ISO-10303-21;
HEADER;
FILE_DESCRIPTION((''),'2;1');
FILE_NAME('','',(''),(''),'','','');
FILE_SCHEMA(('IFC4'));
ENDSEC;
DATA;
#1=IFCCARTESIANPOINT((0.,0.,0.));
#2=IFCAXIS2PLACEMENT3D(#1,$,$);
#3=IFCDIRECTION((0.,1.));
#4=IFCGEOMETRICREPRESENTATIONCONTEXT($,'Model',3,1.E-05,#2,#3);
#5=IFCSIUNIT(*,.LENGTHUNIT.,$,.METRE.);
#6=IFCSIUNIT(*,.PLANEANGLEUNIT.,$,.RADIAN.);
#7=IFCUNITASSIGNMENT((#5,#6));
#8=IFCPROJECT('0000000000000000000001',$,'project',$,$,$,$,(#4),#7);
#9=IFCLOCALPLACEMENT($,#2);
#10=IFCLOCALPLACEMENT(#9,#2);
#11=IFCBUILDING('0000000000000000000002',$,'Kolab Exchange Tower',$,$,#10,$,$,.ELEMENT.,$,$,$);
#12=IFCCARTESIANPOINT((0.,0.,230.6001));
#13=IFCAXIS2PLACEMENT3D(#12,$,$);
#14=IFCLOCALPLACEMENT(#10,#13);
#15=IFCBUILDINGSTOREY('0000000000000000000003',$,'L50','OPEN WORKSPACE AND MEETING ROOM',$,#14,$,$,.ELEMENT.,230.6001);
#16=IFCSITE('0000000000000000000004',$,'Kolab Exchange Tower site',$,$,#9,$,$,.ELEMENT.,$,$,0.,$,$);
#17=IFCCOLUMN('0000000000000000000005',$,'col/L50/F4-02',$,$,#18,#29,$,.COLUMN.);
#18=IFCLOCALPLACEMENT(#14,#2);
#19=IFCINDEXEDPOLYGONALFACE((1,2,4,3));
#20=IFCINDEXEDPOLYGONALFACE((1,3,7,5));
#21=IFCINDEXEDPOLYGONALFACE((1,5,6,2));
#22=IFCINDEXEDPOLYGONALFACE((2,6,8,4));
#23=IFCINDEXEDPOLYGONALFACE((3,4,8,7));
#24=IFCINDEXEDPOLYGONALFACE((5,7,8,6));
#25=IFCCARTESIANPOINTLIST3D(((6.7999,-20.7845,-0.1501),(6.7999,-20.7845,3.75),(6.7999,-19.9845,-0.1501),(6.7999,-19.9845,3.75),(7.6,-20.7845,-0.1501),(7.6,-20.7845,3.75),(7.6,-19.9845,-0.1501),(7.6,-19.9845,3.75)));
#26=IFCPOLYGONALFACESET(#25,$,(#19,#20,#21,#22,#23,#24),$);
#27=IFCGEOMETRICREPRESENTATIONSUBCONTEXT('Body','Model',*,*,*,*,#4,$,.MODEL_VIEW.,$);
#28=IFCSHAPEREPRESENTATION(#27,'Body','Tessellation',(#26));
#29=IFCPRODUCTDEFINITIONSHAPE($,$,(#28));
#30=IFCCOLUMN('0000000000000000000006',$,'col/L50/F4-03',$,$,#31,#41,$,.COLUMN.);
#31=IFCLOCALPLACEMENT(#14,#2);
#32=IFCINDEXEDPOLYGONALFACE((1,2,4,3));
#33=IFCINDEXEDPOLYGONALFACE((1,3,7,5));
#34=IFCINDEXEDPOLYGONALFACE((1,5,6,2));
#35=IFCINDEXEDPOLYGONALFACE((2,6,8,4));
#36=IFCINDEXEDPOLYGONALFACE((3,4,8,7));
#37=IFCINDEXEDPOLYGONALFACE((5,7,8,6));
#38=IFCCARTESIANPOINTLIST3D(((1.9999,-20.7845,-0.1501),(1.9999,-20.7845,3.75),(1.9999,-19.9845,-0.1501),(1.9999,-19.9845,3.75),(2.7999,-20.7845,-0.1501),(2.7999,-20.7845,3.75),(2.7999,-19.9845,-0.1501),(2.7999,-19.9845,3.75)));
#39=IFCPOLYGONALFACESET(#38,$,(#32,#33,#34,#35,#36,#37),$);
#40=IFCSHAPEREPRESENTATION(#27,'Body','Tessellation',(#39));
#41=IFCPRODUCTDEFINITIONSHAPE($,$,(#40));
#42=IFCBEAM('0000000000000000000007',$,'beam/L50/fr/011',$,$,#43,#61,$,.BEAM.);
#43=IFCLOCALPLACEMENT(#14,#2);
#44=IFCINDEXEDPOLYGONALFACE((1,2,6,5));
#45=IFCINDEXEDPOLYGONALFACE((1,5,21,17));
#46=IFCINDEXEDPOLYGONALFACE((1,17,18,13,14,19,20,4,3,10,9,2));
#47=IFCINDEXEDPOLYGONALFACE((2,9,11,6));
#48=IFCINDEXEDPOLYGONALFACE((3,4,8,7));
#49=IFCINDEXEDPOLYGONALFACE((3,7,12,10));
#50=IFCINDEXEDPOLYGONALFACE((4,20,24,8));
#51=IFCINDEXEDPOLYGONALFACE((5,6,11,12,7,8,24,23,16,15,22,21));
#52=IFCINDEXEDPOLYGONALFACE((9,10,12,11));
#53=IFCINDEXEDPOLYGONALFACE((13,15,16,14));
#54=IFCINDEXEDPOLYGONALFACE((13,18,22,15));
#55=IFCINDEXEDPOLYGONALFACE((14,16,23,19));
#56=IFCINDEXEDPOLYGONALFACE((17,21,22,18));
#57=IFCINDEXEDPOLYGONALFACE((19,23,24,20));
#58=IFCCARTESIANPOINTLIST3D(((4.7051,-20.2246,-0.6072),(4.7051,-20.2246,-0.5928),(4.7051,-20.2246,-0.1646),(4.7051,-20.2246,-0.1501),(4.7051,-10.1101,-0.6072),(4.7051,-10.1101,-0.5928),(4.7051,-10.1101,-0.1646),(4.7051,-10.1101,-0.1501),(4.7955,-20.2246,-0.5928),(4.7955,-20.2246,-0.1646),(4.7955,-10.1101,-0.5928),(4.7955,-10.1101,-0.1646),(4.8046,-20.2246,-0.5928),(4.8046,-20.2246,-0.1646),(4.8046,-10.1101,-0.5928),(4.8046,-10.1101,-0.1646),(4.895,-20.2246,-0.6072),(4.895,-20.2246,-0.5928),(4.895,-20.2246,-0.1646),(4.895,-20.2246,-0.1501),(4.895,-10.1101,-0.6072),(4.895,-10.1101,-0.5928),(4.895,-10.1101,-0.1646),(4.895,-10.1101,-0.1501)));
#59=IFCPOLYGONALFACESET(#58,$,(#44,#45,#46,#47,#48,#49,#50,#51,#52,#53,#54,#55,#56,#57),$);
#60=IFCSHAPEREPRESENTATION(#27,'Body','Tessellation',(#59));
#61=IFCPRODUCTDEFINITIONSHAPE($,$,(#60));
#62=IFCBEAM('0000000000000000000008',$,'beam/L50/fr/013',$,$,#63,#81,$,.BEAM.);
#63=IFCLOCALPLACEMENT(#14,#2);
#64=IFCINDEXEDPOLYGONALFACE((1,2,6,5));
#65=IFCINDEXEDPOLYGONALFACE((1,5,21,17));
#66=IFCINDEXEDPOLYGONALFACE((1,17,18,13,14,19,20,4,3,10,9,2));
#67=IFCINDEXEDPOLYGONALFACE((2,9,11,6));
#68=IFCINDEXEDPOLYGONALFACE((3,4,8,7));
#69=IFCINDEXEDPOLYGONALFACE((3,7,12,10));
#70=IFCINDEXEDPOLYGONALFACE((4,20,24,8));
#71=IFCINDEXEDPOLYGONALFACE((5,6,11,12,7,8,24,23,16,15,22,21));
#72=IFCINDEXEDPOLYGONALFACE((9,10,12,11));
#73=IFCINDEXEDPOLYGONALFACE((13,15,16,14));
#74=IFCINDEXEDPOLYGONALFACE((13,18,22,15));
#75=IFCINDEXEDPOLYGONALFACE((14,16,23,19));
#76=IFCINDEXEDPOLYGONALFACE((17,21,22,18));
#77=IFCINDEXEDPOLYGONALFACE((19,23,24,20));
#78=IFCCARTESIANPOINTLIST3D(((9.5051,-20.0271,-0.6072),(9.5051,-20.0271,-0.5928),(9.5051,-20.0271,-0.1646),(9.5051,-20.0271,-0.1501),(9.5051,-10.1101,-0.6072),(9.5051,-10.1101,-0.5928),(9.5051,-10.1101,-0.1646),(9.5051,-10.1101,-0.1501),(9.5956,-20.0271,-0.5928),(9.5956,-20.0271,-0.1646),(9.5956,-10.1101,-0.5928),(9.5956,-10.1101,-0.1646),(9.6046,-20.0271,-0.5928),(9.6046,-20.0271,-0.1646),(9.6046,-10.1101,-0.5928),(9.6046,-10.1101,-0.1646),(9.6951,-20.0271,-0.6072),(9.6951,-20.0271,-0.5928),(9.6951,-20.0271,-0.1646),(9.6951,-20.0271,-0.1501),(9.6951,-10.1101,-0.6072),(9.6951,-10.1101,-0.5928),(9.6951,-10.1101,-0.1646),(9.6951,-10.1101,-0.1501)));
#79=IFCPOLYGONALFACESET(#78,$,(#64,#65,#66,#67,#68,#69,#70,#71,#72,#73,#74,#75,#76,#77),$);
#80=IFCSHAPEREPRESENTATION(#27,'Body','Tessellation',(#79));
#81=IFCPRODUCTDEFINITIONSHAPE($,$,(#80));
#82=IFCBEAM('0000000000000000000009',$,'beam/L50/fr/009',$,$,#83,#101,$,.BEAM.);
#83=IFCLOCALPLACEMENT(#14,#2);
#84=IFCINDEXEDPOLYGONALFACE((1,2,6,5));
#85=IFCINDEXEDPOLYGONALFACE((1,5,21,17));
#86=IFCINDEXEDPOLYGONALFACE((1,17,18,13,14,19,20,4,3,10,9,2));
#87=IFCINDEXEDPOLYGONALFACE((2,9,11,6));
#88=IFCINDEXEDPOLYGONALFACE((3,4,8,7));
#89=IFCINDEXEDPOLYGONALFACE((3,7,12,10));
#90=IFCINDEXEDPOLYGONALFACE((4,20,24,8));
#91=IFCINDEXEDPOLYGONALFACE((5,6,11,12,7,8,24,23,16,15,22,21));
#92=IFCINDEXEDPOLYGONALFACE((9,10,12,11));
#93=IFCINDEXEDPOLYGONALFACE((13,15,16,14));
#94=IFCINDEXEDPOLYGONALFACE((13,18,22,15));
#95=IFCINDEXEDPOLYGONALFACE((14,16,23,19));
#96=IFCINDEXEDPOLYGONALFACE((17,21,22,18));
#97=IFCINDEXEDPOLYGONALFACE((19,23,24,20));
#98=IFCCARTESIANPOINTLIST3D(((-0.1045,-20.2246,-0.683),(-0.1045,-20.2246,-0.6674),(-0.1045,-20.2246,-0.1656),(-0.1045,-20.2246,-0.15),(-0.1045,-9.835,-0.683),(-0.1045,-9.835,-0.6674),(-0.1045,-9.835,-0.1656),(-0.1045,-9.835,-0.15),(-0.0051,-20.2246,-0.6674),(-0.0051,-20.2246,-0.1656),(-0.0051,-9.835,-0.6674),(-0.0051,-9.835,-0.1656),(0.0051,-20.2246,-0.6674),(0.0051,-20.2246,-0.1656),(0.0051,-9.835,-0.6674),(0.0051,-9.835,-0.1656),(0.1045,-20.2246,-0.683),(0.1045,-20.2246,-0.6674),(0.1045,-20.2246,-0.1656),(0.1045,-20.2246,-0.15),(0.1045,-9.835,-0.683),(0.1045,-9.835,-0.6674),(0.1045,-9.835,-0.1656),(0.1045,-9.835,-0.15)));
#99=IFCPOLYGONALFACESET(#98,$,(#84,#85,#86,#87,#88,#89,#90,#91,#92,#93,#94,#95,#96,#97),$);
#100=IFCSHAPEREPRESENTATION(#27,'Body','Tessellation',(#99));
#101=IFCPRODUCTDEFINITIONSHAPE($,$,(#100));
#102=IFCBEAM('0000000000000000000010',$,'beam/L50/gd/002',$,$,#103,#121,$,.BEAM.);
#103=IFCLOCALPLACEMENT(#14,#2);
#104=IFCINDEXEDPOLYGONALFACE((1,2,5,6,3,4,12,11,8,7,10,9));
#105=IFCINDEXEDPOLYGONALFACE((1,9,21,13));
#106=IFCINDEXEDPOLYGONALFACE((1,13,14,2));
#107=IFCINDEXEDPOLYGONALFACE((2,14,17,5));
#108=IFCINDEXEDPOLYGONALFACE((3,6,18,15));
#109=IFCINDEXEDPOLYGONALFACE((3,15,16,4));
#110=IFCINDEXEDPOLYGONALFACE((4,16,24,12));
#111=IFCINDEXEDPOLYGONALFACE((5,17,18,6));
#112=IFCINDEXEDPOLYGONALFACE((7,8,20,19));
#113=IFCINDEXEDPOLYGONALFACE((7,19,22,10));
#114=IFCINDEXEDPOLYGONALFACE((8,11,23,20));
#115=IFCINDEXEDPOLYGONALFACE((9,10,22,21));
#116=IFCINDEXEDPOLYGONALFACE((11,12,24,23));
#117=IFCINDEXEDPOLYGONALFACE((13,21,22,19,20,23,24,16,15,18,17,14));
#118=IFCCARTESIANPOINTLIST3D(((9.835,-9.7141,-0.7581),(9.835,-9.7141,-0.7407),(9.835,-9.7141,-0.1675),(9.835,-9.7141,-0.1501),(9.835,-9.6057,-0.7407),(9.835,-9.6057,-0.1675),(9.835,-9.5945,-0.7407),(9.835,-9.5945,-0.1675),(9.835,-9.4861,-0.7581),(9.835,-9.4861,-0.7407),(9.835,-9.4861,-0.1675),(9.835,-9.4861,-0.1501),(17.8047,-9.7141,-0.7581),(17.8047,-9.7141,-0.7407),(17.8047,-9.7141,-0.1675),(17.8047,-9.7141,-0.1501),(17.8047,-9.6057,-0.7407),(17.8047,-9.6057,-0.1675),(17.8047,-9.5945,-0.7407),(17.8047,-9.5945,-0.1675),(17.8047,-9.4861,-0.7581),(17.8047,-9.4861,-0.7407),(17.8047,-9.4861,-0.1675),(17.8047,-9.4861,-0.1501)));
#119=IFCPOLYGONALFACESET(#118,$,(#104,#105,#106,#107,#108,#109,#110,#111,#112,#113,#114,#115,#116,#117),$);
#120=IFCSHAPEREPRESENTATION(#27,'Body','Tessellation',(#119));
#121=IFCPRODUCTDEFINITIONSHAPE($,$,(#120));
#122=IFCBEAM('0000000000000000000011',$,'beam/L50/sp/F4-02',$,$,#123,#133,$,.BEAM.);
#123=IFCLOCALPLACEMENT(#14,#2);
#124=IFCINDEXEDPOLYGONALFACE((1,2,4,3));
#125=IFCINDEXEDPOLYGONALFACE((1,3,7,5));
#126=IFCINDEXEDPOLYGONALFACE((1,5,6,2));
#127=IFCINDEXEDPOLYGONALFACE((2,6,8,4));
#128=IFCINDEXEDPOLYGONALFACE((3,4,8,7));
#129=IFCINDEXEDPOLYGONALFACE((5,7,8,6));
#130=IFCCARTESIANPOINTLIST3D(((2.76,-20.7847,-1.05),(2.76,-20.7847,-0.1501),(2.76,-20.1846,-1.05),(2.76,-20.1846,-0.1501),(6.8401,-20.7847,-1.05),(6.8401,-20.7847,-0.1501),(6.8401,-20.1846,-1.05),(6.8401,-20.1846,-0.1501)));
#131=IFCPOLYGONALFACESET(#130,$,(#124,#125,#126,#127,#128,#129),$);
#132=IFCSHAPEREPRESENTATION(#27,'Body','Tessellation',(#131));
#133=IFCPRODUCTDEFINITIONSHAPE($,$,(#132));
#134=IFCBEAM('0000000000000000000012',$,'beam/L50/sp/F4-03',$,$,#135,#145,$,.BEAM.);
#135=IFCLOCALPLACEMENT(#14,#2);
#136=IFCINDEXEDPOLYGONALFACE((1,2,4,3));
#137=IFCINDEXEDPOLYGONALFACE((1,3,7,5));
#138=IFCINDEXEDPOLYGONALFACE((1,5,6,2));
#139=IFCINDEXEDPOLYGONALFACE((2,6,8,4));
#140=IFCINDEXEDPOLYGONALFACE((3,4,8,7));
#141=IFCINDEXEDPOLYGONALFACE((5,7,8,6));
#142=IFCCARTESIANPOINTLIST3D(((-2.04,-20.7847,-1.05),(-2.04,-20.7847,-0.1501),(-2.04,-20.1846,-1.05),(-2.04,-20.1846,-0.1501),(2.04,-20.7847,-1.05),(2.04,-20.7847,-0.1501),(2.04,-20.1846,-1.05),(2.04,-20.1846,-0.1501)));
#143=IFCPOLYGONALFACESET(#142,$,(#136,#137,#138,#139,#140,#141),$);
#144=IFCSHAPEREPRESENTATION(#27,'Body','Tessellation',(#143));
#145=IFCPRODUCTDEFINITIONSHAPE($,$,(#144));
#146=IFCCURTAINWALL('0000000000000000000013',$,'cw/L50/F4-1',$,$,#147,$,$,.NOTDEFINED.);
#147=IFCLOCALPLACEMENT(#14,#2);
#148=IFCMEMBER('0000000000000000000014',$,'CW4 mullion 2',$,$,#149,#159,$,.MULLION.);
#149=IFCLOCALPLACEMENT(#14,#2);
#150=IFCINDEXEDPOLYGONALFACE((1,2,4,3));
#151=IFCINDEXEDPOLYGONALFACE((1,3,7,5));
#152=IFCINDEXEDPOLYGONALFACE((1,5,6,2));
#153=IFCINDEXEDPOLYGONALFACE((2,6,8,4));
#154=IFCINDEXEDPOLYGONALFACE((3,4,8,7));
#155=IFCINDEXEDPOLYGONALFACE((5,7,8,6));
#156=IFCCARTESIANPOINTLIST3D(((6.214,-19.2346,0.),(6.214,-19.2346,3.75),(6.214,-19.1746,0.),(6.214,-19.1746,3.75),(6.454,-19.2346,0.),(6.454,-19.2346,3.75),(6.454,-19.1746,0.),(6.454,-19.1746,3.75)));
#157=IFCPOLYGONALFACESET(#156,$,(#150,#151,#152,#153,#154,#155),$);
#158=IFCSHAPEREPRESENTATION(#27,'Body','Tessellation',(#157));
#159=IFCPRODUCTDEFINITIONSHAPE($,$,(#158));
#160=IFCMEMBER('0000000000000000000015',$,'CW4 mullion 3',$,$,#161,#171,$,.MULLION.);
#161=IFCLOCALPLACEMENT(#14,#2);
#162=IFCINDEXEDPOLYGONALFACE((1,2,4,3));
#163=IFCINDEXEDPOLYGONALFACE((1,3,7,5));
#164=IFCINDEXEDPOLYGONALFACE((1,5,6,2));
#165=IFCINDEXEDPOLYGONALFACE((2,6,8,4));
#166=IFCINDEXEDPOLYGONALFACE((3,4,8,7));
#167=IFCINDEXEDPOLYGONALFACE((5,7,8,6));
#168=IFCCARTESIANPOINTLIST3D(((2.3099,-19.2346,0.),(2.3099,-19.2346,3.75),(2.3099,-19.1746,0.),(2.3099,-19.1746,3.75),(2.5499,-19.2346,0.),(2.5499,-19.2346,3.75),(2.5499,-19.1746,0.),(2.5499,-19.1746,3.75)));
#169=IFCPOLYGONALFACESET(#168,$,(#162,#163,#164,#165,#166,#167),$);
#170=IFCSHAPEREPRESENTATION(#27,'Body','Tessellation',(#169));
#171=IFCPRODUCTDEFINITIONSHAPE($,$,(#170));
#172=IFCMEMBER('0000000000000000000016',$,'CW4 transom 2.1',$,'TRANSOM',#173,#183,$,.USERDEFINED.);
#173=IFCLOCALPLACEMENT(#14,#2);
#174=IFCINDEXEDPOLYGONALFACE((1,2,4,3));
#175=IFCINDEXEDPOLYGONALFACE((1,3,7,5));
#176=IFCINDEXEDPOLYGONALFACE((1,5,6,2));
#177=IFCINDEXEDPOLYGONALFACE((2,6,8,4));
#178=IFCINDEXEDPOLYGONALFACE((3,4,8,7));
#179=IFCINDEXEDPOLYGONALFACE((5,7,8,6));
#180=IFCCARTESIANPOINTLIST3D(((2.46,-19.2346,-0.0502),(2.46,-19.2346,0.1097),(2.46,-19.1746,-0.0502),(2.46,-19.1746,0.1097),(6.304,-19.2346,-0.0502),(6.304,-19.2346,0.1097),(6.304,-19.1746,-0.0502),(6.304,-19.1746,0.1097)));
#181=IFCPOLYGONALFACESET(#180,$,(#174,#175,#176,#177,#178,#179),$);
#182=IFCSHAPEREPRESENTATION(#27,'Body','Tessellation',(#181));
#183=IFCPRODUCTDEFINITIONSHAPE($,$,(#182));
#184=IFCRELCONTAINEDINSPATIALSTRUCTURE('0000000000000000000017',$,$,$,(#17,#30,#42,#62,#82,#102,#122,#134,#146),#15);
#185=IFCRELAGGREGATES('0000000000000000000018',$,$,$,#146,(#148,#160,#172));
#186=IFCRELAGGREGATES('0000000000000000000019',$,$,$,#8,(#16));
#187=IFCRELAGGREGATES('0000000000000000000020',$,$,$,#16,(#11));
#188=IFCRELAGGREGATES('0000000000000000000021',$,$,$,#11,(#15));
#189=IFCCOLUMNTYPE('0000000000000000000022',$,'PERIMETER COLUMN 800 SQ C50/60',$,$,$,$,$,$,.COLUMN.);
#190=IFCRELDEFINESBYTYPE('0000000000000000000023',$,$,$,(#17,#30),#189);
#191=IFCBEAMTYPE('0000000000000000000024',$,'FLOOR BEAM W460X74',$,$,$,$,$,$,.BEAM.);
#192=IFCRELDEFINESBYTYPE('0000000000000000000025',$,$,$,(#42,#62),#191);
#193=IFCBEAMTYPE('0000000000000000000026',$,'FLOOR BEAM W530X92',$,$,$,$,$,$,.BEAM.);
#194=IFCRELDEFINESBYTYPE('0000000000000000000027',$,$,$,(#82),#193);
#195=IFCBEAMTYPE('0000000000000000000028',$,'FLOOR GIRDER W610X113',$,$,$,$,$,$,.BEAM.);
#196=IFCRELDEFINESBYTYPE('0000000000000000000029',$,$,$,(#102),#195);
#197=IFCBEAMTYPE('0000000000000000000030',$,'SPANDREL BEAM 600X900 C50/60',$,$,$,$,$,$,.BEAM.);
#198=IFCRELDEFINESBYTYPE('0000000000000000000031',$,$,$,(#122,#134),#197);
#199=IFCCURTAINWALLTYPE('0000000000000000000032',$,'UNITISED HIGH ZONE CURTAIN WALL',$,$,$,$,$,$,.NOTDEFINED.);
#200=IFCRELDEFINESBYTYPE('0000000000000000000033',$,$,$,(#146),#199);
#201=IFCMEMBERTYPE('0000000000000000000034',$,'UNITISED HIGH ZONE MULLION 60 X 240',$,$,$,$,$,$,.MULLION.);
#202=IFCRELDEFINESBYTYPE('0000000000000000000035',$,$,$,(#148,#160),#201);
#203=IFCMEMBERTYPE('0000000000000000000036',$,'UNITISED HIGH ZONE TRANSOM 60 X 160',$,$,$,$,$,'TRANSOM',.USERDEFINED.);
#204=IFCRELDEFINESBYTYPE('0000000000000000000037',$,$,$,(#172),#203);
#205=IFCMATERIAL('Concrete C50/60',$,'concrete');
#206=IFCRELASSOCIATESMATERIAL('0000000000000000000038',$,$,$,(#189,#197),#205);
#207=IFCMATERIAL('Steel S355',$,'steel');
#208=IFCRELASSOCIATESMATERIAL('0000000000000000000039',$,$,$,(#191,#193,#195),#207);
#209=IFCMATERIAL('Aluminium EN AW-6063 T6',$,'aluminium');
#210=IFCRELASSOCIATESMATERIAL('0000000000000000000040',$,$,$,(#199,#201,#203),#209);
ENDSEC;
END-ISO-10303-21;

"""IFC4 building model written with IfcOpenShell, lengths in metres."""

from ifc_helpers import new_model, si_unit, direction, frame, origin, origin_2d, place, context, subcontext, project, spatial, rectangle, i_section, extrude, material, material_profile, profile_set, type_object, element, aggregate, save


model = new_model("IFC4")

# Units and contexts
model_context = context("Model", 3, precision=1e-05, world=origin(), true_north=direction((0.0, 1.0)))
body_context = subcontext(model_context, "Body", "Model", "MODEL_VIEW")
ifc_project = project(units=[si_unit("LENGTHUNIT", "METRE"), si_unit("PLANEANGLEUNIT", "RADIAN")], contexts=[model_context])

# Site, building, storey
site_placement = place(None, origin())
site = spatial("IfcSite", under=ifc_project, at=site_placement, Name="Kolab Exchange Tower site", CompositionType="ELEMENT", RefElevation=0.0)
building_placement = place(site_placement, origin())
building = spatial("IfcBuilding", under=site, at=building_placement, Name="Kolab Exchange Tower", CompositionType="ELEMENT")
storey_placement = place(building_placement, frame((0.0, 0.0, 230.6001)))
storey = spatial("IfcBuildingStorey", under=building, at=storey_placement, Name="L50", Description="OPEN WORKSPACE AND MEETING ROOM", CompositionType="ELEMENT", Elevation=230.6001)

# Columns
ifc_material_1 = material(Name="Concrete C50/60", Category="concrete")
ifc_material_profile_1 = material_profile(ifc_material_1, rectangle(XDim=0.8, YDim=0.8, at=origin_2d()), Name="RC800")
ifc_profile_set_1 = profile_set([ifc_material_profile_1], Name="Concrete C50/60")
column_type = type_object("IfcColumnType", Name="PERIMETER COLUMN 800 SQ C50/60", PredefinedType="COLUMN", material=ifc_profile_set_1)
for number, where, z_axis, x_axis, name in (
    (1, (7.2, -20.3845, -0.1501), (0.0, 0.0, 1.0), (1.0, 0.0, 0.0), "col/L50/F4-02"),
    (2, (2.3999, -20.3845, -0.1501), (0.0, 0.0, 1.0), (1.0, 0.0, 0.0), "col/L50/F4-03"),
):
    element("IfcColumn", number, at=place(storey_placement, frame(where, z_axis=z_axis, x_axis=x_axis)), inside=storey, type_object=column_type, Name=name, PredefinedType="COLUMN", context=body_context, shape_type="SweptSolid", body=[
        extrude(rectangle(XDim=0.8, YDim=0.8, at=origin_2d()), origin(), (0.0, 0.0, 1.0), 3.9001),
    ])

# Beams
ifc_material_2 = material(Name="Steel S355", Category="steel")
ifc_material_profile_2 = material_profile(ifc_material_2, i_section(OverallWidth=0.1899, OverallDepth=0.457, WebThickness=0.009, FlangeThickness=0.0144, at=origin_2d()), Name="W460X74")
ifc_profile_set_2 = profile_set([ifc_material_profile_2], Name="Steel S355")
beam_type_1 = type_object("IfcBeamType", Name="FLOOR BEAM W460X74", PredefinedType="BEAM", material=ifc_profile_set_2)
beam_1_placement = place(storey_placement, frame((4.8, -20.2246, -0.3787), z_axis=(0.0, 1.0, 0.0), x_axis=(-1.0, 0.0, 0.0)))
element("IfcBeam", 3, at=beam_1_placement, inside=storey, type_object=beam_type_1, Name="beam/L50/fr/011", PredefinedType="BEAM", context=body_context, shape_type="SweptSolid", body=[
    extrude(i_section(OverallWidth=0.1899, OverallDepth=0.457, WebThickness=0.009, FlangeThickness=0.0144, at=origin_2d()), origin(), (0.0, 0.0, 1.0), 10.1145),
])
beam_2_placement = place(storey_placement, frame((9.6001, -20.0271, -0.3787), z_axis=(0.0, 1.0, 0.0), x_axis=(-1.0, 0.0, 0.0)))
element("IfcBeam", 4, at=beam_2_placement, inside=storey, type_object=beam_type_1, Name="beam/L50/fr/013", PredefinedType="BEAM", context=body_context, shape_type="SweptSolid", body=[
    extrude(i_section(OverallWidth=0.1899, OverallDepth=0.457, WebThickness=0.009, FlangeThickness=0.0144, at=origin_2d()), origin(), (0.0, 0.0, 1.0), 9.917),
])
ifc_material_profile_3 = material_profile(ifc_material_2, i_section(OverallWidth=0.209, OverallDepth=0.533, WebThickness=0.0103, FlangeThickness=0.0156, at=origin_2d()), Name="W530X92")
ifc_profile_set_3 = profile_set([ifc_material_profile_3], Name="Steel S355")
beam_type_2 = type_object("IfcBeamType", Name="FLOOR BEAM W530X92", PredefinedType="BEAM", material=ifc_profile_set_3)
beam_3_placement = place(storey_placement, frame((0.0, -20.2246, -0.4165), z_axis=(0.0, 1.0, 0.0), x_axis=(-1.0, 0.0, 0.0)))
element("IfcBeam", 5, at=beam_3_placement, inside=storey, type_object=beam_type_2, Name="beam/L50/fr/009", PredefinedType="BEAM", context=body_context, shape_type="SweptSolid", body=[
    extrude(i_section(OverallWidth=0.209, OverallDepth=0.533, WebThickness=0.0103, FlangeThickness=0.0156, at=origin_2d()), origin(), (0.0, 0.0, 1.0), 10.3896),
])
ifc_material_profile_4 = material_profile(ifc_material_2, i_section(OverallWidth=0.228, OverallDepth=0.6079, WebThickness=0.0112, FlangeThickness=0.0173, at=origin_2d()), Name="W610X113")
ifc_profile_set_4 = profile_set([ifc_material_profile_4], Name="Steel S355")
beam_type_3 = type_object("IfcBeamType", Name="FLOOR GIRDER W610X113", PredefinedType="BEAM", material=ifc_profile_set_4)
beam_4_placement = place(storey_placement, frame((9.835, -9.6001, -0.4541), z_axis=(1.0, 0.0, 0.0), x_axis=(0.0, 1.0, 0.0)))
element("IfcBeam", 6, at=beam_4_placement, inside=storey, type_object=beam_type_3, Name="beam/L50/gd/002", PredefinedType="BEAM", context=body_context, shape_type="SweptSolid", body=[
    extrude(i_section(OverallWidth=0.228, OverallDepth=0.6079, WebThickness=0.0112, FlangeThickness=0.0173, at=origin_2d()), origin(), (0.0, 0.0, 1.0), 7.9697),
])
ifc_material_profile_5 = material_profile(ifc_material_1, rectangle(XDim=0.6001, YDim=0.8999, at=origin_2d()), Name="RC600X900")
ifc_profile_set_5 = profile_set([ifc_material_profile_5], Name="Concrete C50/60")
beam_type_4 = type_object("IfcBeamType", Name="SPANDREL BEAM 600X900 C50/60", PredefinedType="BEAM", material=ifc_profile_set_5)
for number, where, z_axis, x_axis, name in (
    (7, (6.8401, -20.4846, -0.6001), (-1.0, 0.0, 0.0), (0.0, -1.0, 0.0), "beam/L50/sp/F4-02"),
    (8, (2.04, -20.4846, -0.6001), (-1.0, 0.0, 0.0), (0.0, -1.0, 0.0), "beam/L50/sp/F4-03"),
):
    element("IfcBeam", number, at=place(storey_placement, frame(where, z_axis=z_axis, x_axis=x_axis)), inside=storey, type_object=beam_type_4, Name=name, PredefinedType="BEAM", context=body_context, shape_type="SweptSolid", body=[
        extrude(rectangle(XDim=0.6001, YDim=0.8999, at=origin_2d()), origin(), (0.0, 0.0, 1.0), 4.0801),
    ])

# Curtain wall, members
ifc_material_3 = material(Name="Aluminium EN AW-6063 T6", Category="aluminium")
curtain_wall_type = type_object("IfcCurtainWallType", Name="UNITISED HIGH ZONE CURTAIN WALL", PredefinedType="NOTDEFINED", material=ifc_material_3)
curtain_wall_placement = place(storey_placement, origin())
curtain_wall = element("IfcCurtainWall", 9, at=curtain_wall_placement, inside=storey, type_object=curtain_wall_type, Name="cw/L50/F4-1", PredefinedType="NOTDEFINED")
ifc_material_profile_6 = material_profile(ifc_material_3, rectangle(XDim=0.0601, YDim=0.24, at=origin_2d()), Name="RECT 60X240")
ifc_profile_set_6 = profile_set([ifc_material_profile_6], Name="Aluminium EN AW-6063 T6")
member_type_1 = type_object("IfcMemberType", Name="UNITISED HIGH ZONE MULLION 60 X 240", PredefinedType="MULLION", material=ifc_profile_set_6)
member_1_placement = place(storey_placement, frame((6.334, -19.2046, 0.0), z_axis=(0.0, 0.0, 1.0), x_axis=(0.0, -1.0, 0.0)))
member_1 = element("IfcMember", 10, at=member_1_placement, type_object=member_type_1, Name="CW4 mullion 2", PredefinedType="MULLION", context=body_context, shape_type="SweptSolid", body=[
    extrude(rectangle(XDim=0.0601, YDim=0.24, at=origin_2d()), origin(), (0.0, 0.0, 1.0), 3.75),
])
member_2_placement = place(storey_placement, frame((2.4299, -19.2046, 0.0), z_axis=(0.0, 0.0, 1.0), x_axis=(0.0, -1.0, 0.0)))
member_2 = element("IfcMember", 11, at=member_2_placement, type_object=member_type_1, Name="CW4 mullion 3", PredefinedType="MULLION", context=body_context, shape_type="SweptSolid", body=[
    extrude(rectangle(XDim=0.0601, YDim=0.24, at=origin_2d()), origin(), (0.0, 0.0, 1.0), 3.75),
])
ifc_material_profile_7 = material_profile(ifc_material_3, rectangle(XDim=0.0601, YDim=0.1599, at=origin_2d()), Name="RECT 60X160")
ifc_profile_set_7 = profile_set([ifc_material_profile_7], Name="Aluminium EN AW-6063 T6")
member_type_2 = type_object("IfcMemberType", Name="UNITISED HIGH ZONE TRANSOM 60 X 160", ElementType="TRANSOM", PredefinedType="USERDEFINED", material=ifc_profile_set_7)
member_3_placement = place(storey_placement, frame((6.304, -19.2046, 0.0298), z_axis=(-1.0, 0.0, 0.0), x_axis=(0.0, -1.0, 0.0)))
member_3 = element("IfcMember", 12, at=member_3_placement, type_object=member_type_2, Name="CW4 transom 2.1", ObjectType="TRANSOM", PredefinedType="USERDEFINED", context=body_context, shape_type="SweptSolid", body=[
    extrude(rectangle(XDim=0.0601, YDim=0.1599, at=origin_2d()), origin(), (0.0, 0.0, 1.0), 3.844),
])
aggregate(curtain_wall, [member_1, member_2, member_3])

save(model, "model.ifc")
